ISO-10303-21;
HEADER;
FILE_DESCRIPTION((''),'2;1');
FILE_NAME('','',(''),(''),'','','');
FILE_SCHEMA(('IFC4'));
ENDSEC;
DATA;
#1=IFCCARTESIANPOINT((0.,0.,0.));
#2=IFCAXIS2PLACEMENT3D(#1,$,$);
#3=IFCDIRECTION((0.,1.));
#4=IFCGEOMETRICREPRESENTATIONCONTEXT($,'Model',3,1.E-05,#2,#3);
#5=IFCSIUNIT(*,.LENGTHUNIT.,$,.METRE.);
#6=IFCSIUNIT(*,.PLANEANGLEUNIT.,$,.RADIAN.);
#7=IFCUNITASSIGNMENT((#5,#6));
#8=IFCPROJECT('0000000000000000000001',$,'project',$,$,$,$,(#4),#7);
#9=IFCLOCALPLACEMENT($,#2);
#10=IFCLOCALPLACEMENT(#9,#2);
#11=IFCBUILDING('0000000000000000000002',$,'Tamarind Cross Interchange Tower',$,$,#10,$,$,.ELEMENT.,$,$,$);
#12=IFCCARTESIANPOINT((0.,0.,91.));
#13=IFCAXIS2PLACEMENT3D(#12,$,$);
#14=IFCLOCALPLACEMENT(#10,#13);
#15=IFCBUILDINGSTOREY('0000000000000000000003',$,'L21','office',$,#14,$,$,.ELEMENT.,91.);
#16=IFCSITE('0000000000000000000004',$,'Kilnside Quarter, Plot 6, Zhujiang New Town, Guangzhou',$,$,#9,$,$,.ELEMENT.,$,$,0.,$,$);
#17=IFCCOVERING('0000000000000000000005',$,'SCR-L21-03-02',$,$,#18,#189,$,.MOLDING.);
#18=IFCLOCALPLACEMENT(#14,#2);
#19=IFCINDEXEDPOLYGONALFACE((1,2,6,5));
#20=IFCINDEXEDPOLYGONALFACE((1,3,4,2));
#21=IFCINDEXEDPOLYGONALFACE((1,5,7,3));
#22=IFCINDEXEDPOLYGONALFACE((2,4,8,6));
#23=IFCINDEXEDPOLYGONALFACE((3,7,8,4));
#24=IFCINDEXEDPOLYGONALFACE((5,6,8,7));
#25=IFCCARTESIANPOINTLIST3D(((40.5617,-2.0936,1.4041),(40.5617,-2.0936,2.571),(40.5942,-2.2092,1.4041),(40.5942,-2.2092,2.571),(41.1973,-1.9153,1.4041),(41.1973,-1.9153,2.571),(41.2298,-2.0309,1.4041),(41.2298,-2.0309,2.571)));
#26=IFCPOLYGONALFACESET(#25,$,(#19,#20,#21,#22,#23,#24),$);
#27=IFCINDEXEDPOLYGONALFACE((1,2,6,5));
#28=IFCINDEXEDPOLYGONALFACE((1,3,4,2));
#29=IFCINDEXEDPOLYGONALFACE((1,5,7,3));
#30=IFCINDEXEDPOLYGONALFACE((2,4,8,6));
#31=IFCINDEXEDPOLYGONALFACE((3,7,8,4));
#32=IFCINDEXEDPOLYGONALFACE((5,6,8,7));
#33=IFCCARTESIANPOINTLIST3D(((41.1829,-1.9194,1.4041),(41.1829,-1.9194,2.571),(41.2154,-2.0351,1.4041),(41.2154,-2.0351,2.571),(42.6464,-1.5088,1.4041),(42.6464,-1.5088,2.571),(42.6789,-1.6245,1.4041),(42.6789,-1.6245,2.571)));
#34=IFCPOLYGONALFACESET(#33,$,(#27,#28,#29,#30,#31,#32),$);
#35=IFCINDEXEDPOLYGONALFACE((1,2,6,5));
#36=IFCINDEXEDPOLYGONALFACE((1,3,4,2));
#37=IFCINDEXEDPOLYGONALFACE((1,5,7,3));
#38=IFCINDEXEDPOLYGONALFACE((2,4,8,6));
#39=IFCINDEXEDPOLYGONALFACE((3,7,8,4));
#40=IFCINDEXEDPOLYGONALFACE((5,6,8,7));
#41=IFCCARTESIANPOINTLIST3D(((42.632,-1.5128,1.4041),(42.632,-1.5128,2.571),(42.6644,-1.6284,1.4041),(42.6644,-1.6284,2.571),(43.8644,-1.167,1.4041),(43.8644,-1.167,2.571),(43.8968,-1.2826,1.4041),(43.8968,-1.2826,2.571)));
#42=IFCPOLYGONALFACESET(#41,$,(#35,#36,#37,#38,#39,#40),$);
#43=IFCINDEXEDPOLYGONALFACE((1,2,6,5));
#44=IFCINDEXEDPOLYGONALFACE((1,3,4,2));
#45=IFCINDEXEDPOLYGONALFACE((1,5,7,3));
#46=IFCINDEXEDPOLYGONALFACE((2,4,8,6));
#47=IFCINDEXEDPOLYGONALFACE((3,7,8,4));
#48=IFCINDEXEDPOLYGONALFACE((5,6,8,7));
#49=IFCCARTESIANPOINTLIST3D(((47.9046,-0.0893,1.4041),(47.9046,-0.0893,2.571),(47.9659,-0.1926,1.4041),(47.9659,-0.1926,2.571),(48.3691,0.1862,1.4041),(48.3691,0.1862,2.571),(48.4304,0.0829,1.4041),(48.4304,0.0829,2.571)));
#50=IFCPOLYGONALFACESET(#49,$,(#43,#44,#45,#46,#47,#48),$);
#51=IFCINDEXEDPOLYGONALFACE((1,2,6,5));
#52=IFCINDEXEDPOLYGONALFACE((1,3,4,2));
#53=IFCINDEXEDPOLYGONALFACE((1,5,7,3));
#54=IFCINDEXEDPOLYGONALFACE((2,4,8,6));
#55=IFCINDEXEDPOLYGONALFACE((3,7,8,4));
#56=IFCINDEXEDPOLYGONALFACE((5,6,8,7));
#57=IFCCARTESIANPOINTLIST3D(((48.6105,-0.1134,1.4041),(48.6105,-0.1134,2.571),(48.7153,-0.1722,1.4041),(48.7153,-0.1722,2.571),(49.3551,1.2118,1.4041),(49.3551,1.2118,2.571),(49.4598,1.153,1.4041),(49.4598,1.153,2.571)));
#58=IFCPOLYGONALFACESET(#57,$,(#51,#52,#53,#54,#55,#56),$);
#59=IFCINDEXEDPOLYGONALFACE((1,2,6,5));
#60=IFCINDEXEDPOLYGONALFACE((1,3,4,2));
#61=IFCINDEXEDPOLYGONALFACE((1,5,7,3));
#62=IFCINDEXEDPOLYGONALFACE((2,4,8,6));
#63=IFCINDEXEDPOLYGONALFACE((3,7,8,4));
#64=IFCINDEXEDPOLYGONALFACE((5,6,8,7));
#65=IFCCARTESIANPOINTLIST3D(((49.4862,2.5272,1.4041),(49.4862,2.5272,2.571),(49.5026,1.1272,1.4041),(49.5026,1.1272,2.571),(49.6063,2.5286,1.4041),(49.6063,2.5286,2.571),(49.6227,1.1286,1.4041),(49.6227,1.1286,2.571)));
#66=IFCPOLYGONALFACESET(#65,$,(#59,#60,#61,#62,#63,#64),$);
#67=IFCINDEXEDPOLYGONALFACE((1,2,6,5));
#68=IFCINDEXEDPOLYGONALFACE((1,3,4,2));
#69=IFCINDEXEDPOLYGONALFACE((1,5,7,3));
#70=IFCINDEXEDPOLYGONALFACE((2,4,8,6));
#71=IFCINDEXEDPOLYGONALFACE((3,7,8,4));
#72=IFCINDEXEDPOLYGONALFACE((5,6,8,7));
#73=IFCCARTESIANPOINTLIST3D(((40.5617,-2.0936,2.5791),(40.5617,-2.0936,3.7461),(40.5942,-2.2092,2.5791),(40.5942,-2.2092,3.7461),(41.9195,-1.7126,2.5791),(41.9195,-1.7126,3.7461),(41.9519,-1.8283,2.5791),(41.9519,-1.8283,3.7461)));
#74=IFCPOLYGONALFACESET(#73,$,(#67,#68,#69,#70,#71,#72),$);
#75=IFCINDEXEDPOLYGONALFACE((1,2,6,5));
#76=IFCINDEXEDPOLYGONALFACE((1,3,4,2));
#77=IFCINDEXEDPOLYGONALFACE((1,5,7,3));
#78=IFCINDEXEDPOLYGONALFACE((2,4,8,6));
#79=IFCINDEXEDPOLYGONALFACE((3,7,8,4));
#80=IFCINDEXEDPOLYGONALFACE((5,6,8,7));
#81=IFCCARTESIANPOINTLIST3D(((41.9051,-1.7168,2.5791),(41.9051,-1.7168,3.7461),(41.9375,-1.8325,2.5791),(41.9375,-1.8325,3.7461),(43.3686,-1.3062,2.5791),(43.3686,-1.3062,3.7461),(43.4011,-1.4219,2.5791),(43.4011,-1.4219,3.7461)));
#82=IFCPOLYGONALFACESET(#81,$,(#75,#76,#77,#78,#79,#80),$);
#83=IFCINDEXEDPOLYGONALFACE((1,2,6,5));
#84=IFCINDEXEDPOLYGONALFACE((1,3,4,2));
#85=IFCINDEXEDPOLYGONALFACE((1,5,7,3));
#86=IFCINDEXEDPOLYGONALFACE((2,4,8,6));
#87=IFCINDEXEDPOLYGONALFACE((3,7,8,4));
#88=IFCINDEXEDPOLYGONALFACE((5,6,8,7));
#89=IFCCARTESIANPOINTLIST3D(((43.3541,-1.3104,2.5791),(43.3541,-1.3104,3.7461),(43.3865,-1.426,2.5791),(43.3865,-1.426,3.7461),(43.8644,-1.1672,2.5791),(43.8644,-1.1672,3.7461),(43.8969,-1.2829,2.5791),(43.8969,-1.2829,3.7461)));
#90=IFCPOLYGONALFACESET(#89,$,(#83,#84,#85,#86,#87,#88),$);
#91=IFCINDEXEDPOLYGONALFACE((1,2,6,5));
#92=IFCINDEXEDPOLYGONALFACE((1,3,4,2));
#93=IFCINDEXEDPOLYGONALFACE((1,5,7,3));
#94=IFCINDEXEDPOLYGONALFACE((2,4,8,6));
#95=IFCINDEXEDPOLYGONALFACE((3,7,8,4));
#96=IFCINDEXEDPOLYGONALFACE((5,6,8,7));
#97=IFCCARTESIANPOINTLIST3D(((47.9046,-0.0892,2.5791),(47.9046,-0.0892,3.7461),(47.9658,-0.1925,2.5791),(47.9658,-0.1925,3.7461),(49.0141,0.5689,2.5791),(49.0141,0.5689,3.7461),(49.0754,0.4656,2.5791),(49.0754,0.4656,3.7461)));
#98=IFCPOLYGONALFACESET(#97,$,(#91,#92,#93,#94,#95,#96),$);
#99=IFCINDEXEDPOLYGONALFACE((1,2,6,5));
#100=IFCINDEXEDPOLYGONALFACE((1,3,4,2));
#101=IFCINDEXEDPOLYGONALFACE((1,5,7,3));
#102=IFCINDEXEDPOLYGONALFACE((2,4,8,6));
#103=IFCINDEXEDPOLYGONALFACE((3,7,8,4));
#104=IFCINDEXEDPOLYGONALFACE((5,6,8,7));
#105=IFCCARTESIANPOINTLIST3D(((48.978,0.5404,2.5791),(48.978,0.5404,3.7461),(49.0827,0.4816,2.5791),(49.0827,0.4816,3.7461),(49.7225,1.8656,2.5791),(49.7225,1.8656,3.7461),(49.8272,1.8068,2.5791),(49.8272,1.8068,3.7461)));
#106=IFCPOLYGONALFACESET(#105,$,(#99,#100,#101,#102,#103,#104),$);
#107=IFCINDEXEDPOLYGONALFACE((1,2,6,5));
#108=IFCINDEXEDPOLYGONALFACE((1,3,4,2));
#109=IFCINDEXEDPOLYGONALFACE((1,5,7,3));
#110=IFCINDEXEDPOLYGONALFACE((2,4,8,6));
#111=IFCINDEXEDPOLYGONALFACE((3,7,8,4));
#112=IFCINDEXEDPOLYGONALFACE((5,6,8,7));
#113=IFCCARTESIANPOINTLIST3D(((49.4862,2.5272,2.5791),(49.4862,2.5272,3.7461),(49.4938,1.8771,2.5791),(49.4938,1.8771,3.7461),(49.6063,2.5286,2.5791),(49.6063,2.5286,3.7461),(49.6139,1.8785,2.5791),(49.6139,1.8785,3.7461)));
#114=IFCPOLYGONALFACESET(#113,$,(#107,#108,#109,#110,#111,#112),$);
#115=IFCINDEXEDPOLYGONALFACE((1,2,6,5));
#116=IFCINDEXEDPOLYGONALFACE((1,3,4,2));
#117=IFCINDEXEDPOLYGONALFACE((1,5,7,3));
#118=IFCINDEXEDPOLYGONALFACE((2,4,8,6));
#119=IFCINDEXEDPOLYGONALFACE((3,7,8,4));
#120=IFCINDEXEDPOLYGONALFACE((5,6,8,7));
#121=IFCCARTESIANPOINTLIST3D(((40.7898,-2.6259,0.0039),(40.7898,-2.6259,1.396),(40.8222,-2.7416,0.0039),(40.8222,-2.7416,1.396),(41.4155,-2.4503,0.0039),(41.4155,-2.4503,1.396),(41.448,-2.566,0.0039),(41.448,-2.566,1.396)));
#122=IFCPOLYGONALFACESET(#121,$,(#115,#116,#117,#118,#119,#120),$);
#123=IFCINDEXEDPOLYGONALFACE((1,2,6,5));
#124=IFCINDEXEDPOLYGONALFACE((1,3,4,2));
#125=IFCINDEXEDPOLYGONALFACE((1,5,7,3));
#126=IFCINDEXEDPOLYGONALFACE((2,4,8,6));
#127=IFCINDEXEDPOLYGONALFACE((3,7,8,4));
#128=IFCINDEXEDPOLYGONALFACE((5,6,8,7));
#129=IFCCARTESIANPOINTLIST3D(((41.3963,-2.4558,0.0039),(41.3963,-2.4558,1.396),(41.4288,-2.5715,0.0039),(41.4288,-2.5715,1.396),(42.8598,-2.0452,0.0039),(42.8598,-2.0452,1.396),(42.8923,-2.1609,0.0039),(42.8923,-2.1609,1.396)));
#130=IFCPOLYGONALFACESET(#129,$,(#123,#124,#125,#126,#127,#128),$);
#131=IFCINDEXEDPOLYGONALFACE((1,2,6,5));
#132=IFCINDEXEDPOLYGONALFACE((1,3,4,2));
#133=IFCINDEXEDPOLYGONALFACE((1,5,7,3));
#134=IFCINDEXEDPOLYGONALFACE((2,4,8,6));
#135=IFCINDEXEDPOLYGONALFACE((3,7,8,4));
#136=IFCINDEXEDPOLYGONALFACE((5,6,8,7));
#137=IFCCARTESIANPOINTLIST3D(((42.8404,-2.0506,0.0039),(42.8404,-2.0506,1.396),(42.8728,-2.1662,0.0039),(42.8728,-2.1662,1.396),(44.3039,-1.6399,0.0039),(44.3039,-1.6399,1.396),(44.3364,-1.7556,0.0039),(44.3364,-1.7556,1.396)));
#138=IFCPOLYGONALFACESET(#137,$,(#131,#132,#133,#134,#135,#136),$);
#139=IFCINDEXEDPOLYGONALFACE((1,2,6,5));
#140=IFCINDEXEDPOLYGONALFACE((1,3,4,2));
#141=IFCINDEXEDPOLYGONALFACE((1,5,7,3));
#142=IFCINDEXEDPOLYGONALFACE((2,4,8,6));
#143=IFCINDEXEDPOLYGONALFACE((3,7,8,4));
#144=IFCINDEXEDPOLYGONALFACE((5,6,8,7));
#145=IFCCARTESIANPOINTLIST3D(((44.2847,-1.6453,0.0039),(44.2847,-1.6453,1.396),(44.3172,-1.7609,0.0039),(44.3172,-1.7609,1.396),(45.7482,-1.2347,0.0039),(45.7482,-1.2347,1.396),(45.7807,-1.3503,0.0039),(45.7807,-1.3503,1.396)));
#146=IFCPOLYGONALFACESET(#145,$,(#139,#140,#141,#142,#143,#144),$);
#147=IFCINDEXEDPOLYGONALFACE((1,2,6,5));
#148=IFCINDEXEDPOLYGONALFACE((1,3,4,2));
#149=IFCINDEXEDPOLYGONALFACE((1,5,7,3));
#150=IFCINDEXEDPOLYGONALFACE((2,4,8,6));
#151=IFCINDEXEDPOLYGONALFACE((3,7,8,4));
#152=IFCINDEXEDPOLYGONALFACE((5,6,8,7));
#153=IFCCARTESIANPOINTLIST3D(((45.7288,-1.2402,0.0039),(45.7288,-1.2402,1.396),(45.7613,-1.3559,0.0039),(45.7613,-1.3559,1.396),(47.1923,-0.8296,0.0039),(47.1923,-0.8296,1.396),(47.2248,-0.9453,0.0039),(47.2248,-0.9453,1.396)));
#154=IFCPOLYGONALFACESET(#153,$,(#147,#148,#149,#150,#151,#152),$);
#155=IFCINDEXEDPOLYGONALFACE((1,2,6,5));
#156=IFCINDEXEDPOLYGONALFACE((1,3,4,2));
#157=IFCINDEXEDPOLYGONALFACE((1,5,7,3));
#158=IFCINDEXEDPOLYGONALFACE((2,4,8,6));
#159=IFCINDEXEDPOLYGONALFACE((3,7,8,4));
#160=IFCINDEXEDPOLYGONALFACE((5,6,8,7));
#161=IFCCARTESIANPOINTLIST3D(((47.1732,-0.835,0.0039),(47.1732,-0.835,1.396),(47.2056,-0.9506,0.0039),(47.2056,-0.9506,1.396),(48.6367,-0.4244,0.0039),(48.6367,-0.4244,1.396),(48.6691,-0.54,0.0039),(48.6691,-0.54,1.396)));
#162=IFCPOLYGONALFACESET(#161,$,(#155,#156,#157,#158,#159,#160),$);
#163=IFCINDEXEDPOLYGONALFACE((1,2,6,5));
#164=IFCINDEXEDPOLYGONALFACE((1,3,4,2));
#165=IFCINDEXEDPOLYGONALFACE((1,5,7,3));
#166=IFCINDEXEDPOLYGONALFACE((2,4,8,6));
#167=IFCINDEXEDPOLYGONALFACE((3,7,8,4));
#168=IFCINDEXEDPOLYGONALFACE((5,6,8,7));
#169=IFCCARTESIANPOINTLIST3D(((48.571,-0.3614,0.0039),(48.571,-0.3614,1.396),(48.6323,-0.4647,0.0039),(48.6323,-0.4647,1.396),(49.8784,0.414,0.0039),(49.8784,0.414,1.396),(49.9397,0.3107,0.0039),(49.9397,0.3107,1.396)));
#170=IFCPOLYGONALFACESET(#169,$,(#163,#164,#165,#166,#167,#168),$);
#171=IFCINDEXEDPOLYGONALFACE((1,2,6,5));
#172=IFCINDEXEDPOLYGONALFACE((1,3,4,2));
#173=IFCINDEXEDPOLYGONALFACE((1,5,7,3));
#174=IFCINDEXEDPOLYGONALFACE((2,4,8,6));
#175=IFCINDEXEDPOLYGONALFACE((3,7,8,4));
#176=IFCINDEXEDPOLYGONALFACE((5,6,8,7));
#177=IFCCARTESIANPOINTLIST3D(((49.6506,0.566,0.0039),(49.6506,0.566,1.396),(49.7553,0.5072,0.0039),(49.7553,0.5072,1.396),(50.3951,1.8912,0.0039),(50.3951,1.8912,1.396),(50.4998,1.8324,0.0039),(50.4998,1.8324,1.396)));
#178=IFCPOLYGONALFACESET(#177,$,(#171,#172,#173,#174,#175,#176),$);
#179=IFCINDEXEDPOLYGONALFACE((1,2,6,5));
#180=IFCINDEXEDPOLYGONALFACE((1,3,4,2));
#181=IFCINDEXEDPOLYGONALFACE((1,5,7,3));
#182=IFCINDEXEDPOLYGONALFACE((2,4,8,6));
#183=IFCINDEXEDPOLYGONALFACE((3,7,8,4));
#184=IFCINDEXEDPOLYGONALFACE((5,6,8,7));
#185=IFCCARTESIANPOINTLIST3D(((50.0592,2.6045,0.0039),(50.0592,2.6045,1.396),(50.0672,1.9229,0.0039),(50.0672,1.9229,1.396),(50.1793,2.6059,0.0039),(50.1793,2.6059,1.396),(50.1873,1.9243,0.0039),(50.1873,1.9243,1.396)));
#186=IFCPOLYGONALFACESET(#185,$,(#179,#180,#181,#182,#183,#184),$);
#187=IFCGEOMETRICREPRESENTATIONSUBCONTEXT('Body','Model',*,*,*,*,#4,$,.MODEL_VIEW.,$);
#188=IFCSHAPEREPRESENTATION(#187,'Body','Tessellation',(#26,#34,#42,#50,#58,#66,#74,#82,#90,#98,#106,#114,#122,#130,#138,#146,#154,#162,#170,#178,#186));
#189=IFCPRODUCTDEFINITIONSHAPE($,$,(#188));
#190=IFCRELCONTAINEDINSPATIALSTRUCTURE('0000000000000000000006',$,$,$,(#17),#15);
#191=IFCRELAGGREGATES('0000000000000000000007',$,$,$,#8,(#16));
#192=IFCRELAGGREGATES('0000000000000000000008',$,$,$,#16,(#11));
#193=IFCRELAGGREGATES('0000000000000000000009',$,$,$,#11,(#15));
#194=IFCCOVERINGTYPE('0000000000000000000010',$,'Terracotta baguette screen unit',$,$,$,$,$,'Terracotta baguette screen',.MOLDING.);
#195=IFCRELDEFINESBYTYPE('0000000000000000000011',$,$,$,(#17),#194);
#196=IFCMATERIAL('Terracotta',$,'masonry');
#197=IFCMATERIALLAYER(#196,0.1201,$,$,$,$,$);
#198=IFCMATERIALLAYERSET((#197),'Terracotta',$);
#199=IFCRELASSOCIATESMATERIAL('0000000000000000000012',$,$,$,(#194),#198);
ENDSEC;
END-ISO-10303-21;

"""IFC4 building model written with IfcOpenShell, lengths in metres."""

from ifc_helpers import new_model, si_unit, direction, frame, origin, origin_2d, place, context, subcontext, project, spatial, rectangle, extrude, material, layer, layer_set, type_object, element, save


model = new_model("IFC4")

# Units and contexts
model_context = context("Model", 3, precision=1e-05, world=origin(), true_north=direction((0.0, 1.0)))
body_context = subcontext(model_context, "Body", "Model", "MODEL_VIEW")
ifc_project = project(units=[si_unit("LENGTHUNIT", "METRE"), si_unit("PLANEANGLEUNIT", "RADIAN")], contexts=[model_context])

# Site, building, storey
site_placement = place(None, origin())
site = spatial("IfcSite", under=ifc_project, at=site_placement, Name="Kilnside Quarter, Plot 6, Zhujiang New Town, Guangzhou", CompositionType="ELEMENT", RefElevation=0.0)
building_placement = place(site_placement, origin())
building = spatial("IfcBuilding", under=site, at=building_placement, Name="Tamarind Cross Interchange Tower", CompositionType="ELEMENT")
storey_placement = place(building_placement, frame((0.0, 0.0, 91.0)))
storey = spatial("IfcBuildingStorey", under=building, at=storey_placement, Name="L21", Description="office", CompositionType="ELEMENT", Elevation=91.0)

# Covering
ifc_material_1 = material(Name="Terracotta", Category="masonry")
ifc_layer_1 = layer(ifc_material_1, 0.1201)
ifc_layer_set_1 = layer_set([ifc_layer_1], Name="Terracotta")
covering_type = type_object("IfcCoveringType", Name="Terracotta baguette screen unit", ElementType="Terracotta baguette screen", PredefinedType="MOLDING", material=ifc_layer_set_1)
covering_1_placement = place(storey_placement, origin())
element("IfcCovering", 1, at=covering_1_placement, inside=storey, type_object=covering_type, Name="SCR-L21-03-02", PredefinedType="MOLDING", context=body_context, shape_type="SweptSolid", body=[
    extrude(rectangle(XDim=0.6602, YDim=0.1201, at=origin_2d()), frame((40.8958, -2.0623, 1.4041), z_axis=(0.0, 0.0, 1.0), x_axis=(0.962824, 0.27013, 0.0)), (0.0, 0.0, 1.0), 1.167),
    extrude(rectangle(XDim=1.52, YDim=0.1201, at=origin_2d()), frame((41.9309, -1.772, 1.4041), z_axis=(0.0, 0.0, 1.0), x_axis=(0.962824, 0.27013, 0.0)), (0.0, 0.0, 1.0), 1.167),
    extrude(rectangle(XDim=1.28, YDim=0.1201, at=origin_2d()), frame((43.2644, -1.3977, 1.4041), z_axis=(0.0, 0.0, 1.0), x_axis=(0.962824, 0.27013, 0.0)), (0.0, 0.0, 1.0), 1.167),
    extrude(rectangle(XDim=0.54, YDim=0.1201, at=origin_2d()), frame((48.1675, -0.0032, 1.4041), z_axis=(0.0, 0.0, 1.0), x_axis=(0.860102, 0.510123, 0.0)), (0.0, 0.0, 1.0), 1.167),
    extrude(rectangle(XDim=1.52, YDim=0.1201, at=origin_2d()), frame((49.0352, 0.5198, 1.4041), z_axis=(0.0, 0.0, 1.0), x_axis=(0.489809, 0.87183, 0.0)), (0.0, 0.0, 1.0), 1.167),
    extrude(rectangle(XDim=1.4001, YDim=0.1201, at=origin_2d()), frame((49.5544, 1.8279, 1.4041), z_axis=(0.0, 0.0, 1.0), x_axis=(-0.011728, 0.999931, 0.0)), (0.0, 0.0, 1.0), 1.167),
    extrude(rectangle(XDim=1.4102, YDim=0.1201, at=origin_2d()), frame((41.2568, -1.9609, 2.5791), z_axis=(0.0, 0.0, 1.0), x_axis=(0.962824, 0.27013, 0.0)), (0.0, 0.0, 1.0), 1.167),
    extrude(rectangle(XDim=1.52, YDim=0.1201, at=origin_2d()), frame((42.6531, -1.5693, 2.5791), z_axis=(0.0, 0.0, 1.0), x_axis=(0.962824, 0.27013, 0.0)), (0.0, 0.0, 1.0), 1.167),
    extrude(rectangle(XDim=0.53, YDim=0.1201, at=origin_2d()), frame((43.6255, -1.2966, 2.5791), z_axis=(0.0, 0.0, 1.0), x_axis=(0.962824, 0.27013, 0.0)), (0.0, 0.0, 1.0), 1.167),
    extrude(rectangle(XDim=1.29, YDim=0.1201, at=origin_2d()), frame((48.49, 0.1882, 2.5791), z_axis=(0.0, 0.0, 1.0), x_axis=(0.860102, 0.510123, 0.0)), (0.0, 0.0, 1.0), 1.167),
    extrude(rectangle(XDim=1.52, YDim=0.1201, at=origin_2d()), frame((49.4026, 1.1736, 2.5791), z_axis=(0.0, 0.0, 1.0), x_axis=(0.489809, 0.87183, 0.0)), (0.0, 0.0, 1.0), 1.167),
    extrude(rectangle(XDim=0.6501, YDim=0.1201, at=origin_2d()), frame((49.55, 2.2029, 2.5791), z_axis=(0.0, 0.0, 1.0), x_axis=(-0.011728, 0.999931, 0.0)), (0.0, 0.0, 1.0), 1.167),
    extrude(rectangle(XDim=0.6499, YDim=0.1201, at=origin_2d()), frame((41.1189, -2.5959, 0.0039), z_axis=(0.0, 0.0, 1.0), x_axis=(0.962824, 0.27013, 0.0)), (0.0, 0.0, 1.0), 1.3921),
    extrude(rectangle(XDim=1.52, YDim=0.1201, at=origin_2d()), frame((42.1443, -2.3083, 0.0039), z_axis=(0.0, 0.0, 1.0), x_axis=(0.962824, 0.27013, 0.0)), (0.0, 0.0, 1.0), 1.3921),
    extrude(rectangle(XDim=1.52, YDim=0.1201, at=origin_2d()), frame((43.5884, -1.9031, 0.0039), z_axis=(0.0, 0.0, 1.0), x_axis=(0.962824, 0.27013, 0.0)), (0.0, 0.0, 1.0), 1.3921),
    extrude(rectangle(XDim=1.52, YDim=0.1201, at=origin_2d()), frame((45.0327, -1.4978, 0.0039), z_axis=(0.0, 0.0, 1.0), x_axis=(0.962824, 0.27013, 0.0)), (0.0, 0.0, 1.0), 1.3921),
    extrude(rectangle(XDim=1.52, YDim=0.1201, at=origin_2d()), frame((46.4768, -1.0928, 0.0039), z_axis=(0.0, 0.0, 1.0), x_axis=(0.962824, 0.27013, 0.0)), (0.0, 0.0, 1.0), 1.3921),
    extrude(rectangle(XDim=1.52, YDim=0.1201, at=origin_2d()), frame((47.9211, -0.6875, 0.0039), z_axis=(0.0, 0.0, 1.0), x_axis=(0.962824, 0.27013, 0.0)), (0.0, 0.0, 1.0), 1.3921),
    extrude(rectangle(XDim=1.52, YDim=0.1201, at=origin_2d()), frame((49.2554, -0.0254, 0.0039), z_axis=(0.0, 0.0, 1.0), x_axis=(0.860102, 0.510123, 0.0)), (0.0, 0.0, 1.0), 1.3921),
    extrude(rectangle(XDim=1.52, YDim=0.1201, at=origin_2d()), frame((50.0752, 1.1992, 0.0039), z_axis=(0.0, 0.0, 1.0), x_axis=(0.489809, 0.87183, 0.0)), (0.0, 0.0, 1.0), 1.3921),
    extrude(rectangle(XDim=0.6816, YDim=0.1201, at=origin_2d()), frame((50.1233, 2.2644, 0.0039), z_axis=(0.0, 0.0, 1.0), x_axis=(-0.011728, 0.999931, 0.0)), (0.0, 0.0, 1.0), 1.3921),
])

save(model, "model.ifc")
